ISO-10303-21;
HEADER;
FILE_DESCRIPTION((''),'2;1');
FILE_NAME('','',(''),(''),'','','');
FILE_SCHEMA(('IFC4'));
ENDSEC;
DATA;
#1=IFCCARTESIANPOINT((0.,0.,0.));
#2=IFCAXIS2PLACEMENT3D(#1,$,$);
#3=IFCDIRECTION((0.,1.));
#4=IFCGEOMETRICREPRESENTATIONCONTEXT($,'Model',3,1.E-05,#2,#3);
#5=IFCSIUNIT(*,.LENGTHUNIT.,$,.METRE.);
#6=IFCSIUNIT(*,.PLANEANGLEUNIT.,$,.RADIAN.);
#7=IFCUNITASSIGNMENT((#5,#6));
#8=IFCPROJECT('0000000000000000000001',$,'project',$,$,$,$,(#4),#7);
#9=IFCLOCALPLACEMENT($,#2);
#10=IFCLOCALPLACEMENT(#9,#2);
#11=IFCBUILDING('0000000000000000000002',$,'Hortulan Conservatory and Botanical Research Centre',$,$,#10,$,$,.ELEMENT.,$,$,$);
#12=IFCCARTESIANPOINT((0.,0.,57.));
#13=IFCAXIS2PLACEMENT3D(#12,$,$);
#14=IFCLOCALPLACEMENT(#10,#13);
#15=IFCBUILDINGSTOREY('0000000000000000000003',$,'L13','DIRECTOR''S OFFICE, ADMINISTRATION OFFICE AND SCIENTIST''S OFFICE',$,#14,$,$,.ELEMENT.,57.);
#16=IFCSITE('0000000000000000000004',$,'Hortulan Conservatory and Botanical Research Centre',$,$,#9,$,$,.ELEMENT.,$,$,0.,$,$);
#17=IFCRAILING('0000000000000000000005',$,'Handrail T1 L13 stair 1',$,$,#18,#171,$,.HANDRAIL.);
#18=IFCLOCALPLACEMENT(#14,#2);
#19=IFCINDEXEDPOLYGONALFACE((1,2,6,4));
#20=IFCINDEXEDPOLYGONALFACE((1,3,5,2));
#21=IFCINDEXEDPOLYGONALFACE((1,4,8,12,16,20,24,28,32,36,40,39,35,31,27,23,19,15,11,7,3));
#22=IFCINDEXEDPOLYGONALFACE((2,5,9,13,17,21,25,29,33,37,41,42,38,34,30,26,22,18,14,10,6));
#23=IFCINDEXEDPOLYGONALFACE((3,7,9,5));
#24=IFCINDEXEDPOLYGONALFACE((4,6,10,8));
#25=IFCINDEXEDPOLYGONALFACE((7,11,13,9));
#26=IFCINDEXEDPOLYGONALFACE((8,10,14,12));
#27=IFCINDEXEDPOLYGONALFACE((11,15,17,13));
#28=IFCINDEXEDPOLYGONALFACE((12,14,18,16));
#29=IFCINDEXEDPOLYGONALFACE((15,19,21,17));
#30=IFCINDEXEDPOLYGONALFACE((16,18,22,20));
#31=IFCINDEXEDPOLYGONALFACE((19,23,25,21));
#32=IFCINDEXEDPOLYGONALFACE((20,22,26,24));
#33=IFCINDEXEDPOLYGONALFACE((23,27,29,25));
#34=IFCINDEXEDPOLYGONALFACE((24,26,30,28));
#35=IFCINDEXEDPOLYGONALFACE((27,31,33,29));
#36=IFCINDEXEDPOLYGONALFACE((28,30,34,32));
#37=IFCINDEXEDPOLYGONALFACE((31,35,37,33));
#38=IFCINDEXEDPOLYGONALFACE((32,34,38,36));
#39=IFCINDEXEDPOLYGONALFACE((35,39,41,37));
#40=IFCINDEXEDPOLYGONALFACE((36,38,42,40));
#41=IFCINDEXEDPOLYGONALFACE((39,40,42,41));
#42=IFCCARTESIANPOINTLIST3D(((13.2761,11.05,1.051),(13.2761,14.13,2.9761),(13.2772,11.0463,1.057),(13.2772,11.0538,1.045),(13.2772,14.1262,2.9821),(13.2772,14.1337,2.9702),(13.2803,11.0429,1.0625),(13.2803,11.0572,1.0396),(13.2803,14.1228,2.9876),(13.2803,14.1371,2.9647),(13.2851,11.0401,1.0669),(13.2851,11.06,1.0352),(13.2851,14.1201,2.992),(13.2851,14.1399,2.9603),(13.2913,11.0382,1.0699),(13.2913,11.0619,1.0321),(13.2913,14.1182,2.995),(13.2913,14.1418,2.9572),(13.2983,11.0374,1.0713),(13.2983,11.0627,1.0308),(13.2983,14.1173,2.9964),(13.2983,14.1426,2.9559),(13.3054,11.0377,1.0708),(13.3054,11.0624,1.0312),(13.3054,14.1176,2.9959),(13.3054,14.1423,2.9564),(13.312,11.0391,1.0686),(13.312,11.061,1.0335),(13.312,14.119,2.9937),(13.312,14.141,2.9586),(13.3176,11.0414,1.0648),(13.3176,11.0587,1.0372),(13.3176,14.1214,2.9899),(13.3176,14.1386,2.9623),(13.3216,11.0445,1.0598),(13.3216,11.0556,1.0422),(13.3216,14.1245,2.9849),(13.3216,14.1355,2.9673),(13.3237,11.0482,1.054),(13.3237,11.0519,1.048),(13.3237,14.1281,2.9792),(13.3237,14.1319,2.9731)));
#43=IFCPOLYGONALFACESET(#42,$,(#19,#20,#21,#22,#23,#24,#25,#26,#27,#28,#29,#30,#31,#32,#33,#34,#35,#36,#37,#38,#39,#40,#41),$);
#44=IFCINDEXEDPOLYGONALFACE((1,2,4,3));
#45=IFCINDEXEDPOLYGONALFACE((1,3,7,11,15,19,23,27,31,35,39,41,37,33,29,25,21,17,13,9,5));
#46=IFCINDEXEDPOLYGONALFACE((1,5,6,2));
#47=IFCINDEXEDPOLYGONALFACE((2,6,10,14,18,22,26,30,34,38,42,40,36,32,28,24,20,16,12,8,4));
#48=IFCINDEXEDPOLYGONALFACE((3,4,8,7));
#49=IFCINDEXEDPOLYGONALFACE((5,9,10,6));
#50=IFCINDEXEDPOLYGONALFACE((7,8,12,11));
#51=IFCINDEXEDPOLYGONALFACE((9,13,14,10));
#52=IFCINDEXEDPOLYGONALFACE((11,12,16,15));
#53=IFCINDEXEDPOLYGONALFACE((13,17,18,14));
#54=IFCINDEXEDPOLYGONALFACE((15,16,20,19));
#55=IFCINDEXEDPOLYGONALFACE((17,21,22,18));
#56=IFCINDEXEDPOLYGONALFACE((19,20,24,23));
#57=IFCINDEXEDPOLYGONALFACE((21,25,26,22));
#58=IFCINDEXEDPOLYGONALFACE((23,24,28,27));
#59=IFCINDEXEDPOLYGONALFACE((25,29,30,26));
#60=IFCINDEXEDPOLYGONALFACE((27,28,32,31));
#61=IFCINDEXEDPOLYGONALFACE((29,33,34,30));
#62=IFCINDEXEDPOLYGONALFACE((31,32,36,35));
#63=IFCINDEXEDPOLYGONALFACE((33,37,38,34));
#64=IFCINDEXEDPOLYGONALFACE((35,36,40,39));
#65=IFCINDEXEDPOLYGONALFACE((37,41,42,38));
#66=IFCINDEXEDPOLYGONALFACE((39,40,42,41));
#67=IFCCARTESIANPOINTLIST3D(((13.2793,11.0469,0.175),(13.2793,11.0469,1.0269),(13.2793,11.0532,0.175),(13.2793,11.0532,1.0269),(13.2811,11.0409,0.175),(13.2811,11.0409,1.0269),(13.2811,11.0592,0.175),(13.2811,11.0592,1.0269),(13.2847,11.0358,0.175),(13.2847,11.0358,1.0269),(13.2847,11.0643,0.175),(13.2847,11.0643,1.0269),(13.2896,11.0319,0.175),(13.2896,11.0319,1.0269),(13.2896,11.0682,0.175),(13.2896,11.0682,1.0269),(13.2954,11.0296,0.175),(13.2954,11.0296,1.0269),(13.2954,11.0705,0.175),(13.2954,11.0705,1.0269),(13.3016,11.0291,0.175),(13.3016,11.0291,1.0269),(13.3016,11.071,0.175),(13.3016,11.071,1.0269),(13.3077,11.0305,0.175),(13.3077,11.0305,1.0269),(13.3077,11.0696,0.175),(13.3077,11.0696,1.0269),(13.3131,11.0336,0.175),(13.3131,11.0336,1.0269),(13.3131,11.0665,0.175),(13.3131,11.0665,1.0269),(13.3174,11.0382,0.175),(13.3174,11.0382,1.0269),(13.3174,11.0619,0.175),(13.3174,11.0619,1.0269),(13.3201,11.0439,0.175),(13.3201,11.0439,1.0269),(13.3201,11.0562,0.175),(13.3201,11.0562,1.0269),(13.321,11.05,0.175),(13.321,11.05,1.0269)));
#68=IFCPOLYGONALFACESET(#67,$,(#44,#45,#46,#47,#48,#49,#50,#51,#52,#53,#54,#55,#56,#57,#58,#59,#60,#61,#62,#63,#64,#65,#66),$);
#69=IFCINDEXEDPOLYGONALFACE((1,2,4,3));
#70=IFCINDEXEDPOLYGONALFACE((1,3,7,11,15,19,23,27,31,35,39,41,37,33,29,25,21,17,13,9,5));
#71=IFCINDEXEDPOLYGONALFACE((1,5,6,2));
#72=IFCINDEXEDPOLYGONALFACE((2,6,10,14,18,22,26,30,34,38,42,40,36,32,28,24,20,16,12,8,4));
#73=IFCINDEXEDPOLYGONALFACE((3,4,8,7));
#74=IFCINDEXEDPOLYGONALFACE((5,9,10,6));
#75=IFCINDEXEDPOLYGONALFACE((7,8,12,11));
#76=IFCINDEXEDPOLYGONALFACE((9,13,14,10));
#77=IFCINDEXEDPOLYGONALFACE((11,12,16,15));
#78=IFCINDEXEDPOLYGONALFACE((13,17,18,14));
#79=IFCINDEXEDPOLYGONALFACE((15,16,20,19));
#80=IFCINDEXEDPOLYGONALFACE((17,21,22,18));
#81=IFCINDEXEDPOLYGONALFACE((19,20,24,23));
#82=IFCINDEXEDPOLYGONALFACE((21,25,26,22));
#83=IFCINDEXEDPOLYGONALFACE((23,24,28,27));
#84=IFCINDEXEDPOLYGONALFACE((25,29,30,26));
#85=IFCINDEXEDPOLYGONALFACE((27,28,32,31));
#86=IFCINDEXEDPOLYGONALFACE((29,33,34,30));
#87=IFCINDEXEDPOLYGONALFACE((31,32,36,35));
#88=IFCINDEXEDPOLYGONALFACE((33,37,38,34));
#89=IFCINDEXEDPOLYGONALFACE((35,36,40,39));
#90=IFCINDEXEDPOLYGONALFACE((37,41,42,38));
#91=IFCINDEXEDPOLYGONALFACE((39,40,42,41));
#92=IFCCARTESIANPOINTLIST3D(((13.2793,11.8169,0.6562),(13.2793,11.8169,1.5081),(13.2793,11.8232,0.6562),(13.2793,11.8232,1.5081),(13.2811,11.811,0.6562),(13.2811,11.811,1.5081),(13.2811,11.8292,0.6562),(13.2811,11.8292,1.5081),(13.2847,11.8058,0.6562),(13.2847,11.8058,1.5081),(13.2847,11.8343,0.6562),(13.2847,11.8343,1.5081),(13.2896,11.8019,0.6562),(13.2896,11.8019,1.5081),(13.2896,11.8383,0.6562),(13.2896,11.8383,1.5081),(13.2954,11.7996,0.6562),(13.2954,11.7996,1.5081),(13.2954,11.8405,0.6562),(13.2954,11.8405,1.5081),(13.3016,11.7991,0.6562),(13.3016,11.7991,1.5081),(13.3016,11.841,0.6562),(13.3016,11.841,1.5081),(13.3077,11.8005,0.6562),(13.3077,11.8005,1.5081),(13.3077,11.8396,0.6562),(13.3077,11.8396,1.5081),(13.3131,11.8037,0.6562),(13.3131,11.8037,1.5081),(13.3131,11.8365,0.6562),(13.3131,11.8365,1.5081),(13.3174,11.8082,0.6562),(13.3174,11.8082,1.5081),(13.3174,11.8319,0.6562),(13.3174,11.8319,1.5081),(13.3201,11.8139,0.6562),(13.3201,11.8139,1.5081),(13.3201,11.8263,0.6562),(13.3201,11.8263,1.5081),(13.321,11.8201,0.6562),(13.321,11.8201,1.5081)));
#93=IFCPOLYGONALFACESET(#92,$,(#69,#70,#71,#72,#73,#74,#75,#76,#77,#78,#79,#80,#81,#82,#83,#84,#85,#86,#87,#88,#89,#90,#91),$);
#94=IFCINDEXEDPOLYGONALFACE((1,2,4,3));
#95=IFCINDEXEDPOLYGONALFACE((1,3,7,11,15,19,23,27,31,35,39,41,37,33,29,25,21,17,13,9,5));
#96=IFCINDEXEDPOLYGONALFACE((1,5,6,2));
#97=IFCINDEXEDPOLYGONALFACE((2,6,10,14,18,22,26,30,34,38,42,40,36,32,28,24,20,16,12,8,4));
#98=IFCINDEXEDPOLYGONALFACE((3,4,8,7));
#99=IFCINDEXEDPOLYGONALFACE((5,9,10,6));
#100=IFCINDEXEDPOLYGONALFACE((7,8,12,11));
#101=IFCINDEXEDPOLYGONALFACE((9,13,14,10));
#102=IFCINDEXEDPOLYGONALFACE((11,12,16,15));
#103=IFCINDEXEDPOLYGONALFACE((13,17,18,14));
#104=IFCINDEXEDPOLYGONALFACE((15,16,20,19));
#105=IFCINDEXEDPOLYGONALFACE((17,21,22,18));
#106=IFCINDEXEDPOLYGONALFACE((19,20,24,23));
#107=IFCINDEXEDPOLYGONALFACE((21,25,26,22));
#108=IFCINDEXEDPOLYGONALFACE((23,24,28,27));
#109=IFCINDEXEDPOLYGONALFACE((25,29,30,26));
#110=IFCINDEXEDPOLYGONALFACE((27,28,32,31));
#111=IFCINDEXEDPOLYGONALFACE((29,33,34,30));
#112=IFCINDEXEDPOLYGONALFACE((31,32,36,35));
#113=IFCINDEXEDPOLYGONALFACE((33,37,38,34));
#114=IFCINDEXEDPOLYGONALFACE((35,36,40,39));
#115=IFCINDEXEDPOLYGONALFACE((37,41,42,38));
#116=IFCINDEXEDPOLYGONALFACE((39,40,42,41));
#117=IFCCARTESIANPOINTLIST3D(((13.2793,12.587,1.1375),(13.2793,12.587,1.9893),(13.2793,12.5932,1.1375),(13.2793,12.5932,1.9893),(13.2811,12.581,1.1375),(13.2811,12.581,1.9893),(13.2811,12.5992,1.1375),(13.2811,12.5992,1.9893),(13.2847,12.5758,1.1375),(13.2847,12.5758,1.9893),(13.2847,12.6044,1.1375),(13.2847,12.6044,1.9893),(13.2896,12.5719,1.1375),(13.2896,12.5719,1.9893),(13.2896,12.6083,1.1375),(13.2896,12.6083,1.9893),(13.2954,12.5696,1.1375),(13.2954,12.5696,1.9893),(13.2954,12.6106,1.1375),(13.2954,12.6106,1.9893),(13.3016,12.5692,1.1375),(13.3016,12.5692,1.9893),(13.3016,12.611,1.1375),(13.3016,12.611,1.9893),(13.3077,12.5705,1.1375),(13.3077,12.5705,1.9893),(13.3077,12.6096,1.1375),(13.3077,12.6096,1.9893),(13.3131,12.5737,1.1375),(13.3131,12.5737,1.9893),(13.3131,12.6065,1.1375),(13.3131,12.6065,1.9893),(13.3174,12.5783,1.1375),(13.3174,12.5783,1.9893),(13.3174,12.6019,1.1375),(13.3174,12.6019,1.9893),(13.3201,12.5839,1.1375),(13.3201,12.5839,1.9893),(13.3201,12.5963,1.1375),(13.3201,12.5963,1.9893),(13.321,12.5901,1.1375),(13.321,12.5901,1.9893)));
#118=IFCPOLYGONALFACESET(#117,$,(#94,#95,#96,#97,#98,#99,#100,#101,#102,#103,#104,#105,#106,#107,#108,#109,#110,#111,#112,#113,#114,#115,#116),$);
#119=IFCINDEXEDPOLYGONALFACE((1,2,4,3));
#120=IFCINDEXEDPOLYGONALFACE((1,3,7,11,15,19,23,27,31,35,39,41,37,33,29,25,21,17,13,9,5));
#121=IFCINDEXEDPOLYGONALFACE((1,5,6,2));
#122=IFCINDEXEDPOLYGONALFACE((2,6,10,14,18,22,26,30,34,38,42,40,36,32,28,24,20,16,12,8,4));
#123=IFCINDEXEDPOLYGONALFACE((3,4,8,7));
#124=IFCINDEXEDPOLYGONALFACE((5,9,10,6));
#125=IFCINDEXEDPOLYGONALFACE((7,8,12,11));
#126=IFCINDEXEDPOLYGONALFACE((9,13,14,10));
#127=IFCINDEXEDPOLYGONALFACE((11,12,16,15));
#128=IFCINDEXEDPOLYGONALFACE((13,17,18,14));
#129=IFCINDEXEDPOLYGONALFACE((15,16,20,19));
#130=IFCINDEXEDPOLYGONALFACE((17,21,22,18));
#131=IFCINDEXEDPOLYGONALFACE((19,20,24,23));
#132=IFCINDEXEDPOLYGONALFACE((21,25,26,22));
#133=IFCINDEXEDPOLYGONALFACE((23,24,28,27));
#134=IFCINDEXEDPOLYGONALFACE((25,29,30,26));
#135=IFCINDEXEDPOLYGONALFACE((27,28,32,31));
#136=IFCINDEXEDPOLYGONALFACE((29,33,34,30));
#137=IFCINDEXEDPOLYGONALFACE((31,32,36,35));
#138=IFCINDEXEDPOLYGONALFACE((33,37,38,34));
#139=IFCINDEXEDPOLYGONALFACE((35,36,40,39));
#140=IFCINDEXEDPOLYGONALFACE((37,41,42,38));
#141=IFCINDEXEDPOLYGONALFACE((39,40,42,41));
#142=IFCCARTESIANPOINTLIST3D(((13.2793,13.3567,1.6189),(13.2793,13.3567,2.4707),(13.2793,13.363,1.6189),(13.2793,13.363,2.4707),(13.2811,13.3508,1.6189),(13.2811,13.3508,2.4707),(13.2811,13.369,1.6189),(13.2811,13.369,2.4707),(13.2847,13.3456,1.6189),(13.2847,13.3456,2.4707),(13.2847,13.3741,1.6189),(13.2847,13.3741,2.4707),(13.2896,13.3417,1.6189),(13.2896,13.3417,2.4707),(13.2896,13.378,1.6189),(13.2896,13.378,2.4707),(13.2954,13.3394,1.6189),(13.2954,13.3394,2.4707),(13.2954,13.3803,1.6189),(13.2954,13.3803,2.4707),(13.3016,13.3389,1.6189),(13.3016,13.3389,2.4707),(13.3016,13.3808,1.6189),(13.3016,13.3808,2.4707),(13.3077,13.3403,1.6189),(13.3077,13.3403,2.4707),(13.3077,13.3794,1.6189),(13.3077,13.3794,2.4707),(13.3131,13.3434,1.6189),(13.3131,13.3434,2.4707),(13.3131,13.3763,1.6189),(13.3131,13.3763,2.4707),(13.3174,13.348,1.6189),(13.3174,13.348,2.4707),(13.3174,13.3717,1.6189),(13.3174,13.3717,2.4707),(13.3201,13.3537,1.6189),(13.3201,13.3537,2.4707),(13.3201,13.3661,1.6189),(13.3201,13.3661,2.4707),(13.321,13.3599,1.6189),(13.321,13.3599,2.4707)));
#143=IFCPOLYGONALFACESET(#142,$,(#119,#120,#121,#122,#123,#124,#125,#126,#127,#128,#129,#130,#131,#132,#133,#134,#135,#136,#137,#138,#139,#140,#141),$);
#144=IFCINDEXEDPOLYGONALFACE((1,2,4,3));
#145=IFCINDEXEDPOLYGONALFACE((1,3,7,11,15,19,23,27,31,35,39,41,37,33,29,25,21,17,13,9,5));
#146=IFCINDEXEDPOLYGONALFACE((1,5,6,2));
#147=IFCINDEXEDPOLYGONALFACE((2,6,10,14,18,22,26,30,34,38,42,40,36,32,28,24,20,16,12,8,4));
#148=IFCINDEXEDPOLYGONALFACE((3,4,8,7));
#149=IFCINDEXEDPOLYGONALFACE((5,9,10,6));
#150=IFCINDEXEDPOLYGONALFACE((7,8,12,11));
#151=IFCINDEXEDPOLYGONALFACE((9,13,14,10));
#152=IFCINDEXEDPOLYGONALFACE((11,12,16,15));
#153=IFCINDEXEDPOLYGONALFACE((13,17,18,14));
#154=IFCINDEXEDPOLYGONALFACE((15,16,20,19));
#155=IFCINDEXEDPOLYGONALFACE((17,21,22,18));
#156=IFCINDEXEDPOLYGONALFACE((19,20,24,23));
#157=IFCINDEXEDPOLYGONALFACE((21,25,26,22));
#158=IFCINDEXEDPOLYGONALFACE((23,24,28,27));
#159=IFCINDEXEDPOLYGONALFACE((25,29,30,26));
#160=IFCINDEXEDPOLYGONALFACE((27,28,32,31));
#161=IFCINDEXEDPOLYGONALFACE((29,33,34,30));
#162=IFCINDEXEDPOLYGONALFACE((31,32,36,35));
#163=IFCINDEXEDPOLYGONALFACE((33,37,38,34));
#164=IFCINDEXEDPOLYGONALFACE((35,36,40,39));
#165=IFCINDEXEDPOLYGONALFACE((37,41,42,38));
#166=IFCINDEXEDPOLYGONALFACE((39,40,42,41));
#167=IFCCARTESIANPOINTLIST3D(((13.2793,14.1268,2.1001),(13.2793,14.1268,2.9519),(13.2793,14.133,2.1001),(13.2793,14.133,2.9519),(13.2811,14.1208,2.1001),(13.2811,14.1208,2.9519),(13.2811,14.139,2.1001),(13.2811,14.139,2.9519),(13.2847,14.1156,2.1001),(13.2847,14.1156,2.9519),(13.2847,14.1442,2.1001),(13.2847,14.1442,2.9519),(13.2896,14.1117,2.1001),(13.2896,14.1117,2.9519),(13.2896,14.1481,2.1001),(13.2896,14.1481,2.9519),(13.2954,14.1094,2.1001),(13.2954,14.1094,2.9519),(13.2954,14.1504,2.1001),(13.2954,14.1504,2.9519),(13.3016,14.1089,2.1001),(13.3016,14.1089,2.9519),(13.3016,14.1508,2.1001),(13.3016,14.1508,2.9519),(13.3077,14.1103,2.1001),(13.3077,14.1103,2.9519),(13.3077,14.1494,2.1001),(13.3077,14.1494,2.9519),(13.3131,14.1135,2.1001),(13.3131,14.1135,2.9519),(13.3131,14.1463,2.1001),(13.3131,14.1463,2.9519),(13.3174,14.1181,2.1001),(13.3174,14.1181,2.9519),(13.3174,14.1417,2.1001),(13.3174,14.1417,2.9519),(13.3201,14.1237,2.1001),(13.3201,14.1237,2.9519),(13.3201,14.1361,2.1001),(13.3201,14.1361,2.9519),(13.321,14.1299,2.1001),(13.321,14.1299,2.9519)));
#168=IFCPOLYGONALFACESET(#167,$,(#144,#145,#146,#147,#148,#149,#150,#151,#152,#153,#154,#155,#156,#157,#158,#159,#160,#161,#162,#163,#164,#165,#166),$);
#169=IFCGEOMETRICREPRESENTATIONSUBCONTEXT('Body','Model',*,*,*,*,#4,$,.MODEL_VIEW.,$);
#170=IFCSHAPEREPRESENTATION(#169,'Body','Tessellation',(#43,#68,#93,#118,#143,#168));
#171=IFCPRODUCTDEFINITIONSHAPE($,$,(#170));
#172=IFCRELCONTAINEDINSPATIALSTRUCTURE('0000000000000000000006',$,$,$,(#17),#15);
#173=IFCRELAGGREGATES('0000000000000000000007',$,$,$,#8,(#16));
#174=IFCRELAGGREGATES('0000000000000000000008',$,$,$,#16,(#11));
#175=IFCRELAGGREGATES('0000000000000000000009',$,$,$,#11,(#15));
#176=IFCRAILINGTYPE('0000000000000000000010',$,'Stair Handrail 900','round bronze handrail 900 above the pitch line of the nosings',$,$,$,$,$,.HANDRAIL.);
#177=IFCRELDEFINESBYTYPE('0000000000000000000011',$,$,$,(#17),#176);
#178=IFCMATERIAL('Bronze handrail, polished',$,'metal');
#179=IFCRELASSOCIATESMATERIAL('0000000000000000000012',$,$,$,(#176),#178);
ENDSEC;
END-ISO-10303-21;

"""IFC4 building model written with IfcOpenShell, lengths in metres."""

from ifc_helpers import new_model, si_unit, direction, frame, origin, origin_2d, place, context, subcontext, project, spatial, circle, extrude, material, type_object, element, save


model = new_model("IFC4")

# Units and contexts
model_context = context("Model", 3, precision=1e-05, world=origin(), true_north=direction((0.0, 1.0)))
body_context = subcontext(model_context, "Body", "Model", "MODEL_VIEW")
ifc_project = project(units=[si_unit("LENGTHUNIT", "METRE"), si_unit("PLANEANGLEUNIT", "RADIAN")], contexts=[model_context])

# Site, building, storey
site_placement = place(None, origin())
site = spatial("IfcSite", under=ifc_project, at=site_placement, Name="Hortulan Conservatory and Botanical Research Centre", CompositionType="ELEMENT", RefElevation=0.0)
building_placement = place(site_placement, origin())
building = spatial("IfcBuilding", under=site, at=building_placement, Name="Hortulan Conservatory and Botanical Research Centre", CompositionType="ELEMENT")
storey_placement = place(building_placement, frame((0.0, 0.0, 57.0)))
storey = spatial("IfcBuildingStorey", under=building, at=storey_placement, Name="L13", Description="DIRECTOR'S OFFICE, ADMINISTRATION OFFICE AND SCIENTIST'S OFFICE", CompositionType="ELEMENT", Elevation=57.0)

# Railing
ifc_material_1 = material(Name="Bronze handrail, polished", Category="metal")
railing_type_1 = type_object("IfcRailingType", Name="Stair Handrail 900", Description="round bronze handrail 900 above the pitch line of the nosings", PredefinedType="HANDRAIL", material=ifc_material_1)
railing_1_placement = place(storey_placement, frame((13.3, 11.05, 0.175)))
element("IfcRailing", 1, at=railing_1_placement, inside=storey, type_object=railing_type_1, Name="Handrail T1 L13 stair 1", PredefinedType="HANDRAIL", context=body_context, shape_type="SweptSolid", body=[
    extrude(circle(Radius=0.0239, at=origin_2d()), frame((0.0, 0.0, 0.876), z_axis=(0.0, 0.847979, 0.530029), x_axis=(-1.0, 0.0, 0.0)), (0.0, 0.0, 1.0), 3.6321),
    extrude(circle(Radius=0.021, at=origin_2d()), origin(), (0.0, 0.0, 1.0), 0.8518),
    extrude(circle(Radius=0.021, at=origin_2d()), frame((0.0, 0.77, 0.4812)), (0.0, 0.0, 1.0), 0.8518),
    extrude(circle(Radius=0.021, at=origin_2d()), frame((0.0, 1.54, 0.9624)), (0.0, 0.0, 1.0), 0.8518),
    extrude(circle(Radius=0.021, at=origin_2d()), frame((0.0, 2.3098, 1.4438)), (0.0, 0.0, 1.0), 0.8518),
    extrude(circle(Radius=0.021, at=origin_2d()), frame((0.0, 3.0798, 1.925)), (0.0, 0.0, 1.0), 0.8518),
])

save(model, "model.ifc")
